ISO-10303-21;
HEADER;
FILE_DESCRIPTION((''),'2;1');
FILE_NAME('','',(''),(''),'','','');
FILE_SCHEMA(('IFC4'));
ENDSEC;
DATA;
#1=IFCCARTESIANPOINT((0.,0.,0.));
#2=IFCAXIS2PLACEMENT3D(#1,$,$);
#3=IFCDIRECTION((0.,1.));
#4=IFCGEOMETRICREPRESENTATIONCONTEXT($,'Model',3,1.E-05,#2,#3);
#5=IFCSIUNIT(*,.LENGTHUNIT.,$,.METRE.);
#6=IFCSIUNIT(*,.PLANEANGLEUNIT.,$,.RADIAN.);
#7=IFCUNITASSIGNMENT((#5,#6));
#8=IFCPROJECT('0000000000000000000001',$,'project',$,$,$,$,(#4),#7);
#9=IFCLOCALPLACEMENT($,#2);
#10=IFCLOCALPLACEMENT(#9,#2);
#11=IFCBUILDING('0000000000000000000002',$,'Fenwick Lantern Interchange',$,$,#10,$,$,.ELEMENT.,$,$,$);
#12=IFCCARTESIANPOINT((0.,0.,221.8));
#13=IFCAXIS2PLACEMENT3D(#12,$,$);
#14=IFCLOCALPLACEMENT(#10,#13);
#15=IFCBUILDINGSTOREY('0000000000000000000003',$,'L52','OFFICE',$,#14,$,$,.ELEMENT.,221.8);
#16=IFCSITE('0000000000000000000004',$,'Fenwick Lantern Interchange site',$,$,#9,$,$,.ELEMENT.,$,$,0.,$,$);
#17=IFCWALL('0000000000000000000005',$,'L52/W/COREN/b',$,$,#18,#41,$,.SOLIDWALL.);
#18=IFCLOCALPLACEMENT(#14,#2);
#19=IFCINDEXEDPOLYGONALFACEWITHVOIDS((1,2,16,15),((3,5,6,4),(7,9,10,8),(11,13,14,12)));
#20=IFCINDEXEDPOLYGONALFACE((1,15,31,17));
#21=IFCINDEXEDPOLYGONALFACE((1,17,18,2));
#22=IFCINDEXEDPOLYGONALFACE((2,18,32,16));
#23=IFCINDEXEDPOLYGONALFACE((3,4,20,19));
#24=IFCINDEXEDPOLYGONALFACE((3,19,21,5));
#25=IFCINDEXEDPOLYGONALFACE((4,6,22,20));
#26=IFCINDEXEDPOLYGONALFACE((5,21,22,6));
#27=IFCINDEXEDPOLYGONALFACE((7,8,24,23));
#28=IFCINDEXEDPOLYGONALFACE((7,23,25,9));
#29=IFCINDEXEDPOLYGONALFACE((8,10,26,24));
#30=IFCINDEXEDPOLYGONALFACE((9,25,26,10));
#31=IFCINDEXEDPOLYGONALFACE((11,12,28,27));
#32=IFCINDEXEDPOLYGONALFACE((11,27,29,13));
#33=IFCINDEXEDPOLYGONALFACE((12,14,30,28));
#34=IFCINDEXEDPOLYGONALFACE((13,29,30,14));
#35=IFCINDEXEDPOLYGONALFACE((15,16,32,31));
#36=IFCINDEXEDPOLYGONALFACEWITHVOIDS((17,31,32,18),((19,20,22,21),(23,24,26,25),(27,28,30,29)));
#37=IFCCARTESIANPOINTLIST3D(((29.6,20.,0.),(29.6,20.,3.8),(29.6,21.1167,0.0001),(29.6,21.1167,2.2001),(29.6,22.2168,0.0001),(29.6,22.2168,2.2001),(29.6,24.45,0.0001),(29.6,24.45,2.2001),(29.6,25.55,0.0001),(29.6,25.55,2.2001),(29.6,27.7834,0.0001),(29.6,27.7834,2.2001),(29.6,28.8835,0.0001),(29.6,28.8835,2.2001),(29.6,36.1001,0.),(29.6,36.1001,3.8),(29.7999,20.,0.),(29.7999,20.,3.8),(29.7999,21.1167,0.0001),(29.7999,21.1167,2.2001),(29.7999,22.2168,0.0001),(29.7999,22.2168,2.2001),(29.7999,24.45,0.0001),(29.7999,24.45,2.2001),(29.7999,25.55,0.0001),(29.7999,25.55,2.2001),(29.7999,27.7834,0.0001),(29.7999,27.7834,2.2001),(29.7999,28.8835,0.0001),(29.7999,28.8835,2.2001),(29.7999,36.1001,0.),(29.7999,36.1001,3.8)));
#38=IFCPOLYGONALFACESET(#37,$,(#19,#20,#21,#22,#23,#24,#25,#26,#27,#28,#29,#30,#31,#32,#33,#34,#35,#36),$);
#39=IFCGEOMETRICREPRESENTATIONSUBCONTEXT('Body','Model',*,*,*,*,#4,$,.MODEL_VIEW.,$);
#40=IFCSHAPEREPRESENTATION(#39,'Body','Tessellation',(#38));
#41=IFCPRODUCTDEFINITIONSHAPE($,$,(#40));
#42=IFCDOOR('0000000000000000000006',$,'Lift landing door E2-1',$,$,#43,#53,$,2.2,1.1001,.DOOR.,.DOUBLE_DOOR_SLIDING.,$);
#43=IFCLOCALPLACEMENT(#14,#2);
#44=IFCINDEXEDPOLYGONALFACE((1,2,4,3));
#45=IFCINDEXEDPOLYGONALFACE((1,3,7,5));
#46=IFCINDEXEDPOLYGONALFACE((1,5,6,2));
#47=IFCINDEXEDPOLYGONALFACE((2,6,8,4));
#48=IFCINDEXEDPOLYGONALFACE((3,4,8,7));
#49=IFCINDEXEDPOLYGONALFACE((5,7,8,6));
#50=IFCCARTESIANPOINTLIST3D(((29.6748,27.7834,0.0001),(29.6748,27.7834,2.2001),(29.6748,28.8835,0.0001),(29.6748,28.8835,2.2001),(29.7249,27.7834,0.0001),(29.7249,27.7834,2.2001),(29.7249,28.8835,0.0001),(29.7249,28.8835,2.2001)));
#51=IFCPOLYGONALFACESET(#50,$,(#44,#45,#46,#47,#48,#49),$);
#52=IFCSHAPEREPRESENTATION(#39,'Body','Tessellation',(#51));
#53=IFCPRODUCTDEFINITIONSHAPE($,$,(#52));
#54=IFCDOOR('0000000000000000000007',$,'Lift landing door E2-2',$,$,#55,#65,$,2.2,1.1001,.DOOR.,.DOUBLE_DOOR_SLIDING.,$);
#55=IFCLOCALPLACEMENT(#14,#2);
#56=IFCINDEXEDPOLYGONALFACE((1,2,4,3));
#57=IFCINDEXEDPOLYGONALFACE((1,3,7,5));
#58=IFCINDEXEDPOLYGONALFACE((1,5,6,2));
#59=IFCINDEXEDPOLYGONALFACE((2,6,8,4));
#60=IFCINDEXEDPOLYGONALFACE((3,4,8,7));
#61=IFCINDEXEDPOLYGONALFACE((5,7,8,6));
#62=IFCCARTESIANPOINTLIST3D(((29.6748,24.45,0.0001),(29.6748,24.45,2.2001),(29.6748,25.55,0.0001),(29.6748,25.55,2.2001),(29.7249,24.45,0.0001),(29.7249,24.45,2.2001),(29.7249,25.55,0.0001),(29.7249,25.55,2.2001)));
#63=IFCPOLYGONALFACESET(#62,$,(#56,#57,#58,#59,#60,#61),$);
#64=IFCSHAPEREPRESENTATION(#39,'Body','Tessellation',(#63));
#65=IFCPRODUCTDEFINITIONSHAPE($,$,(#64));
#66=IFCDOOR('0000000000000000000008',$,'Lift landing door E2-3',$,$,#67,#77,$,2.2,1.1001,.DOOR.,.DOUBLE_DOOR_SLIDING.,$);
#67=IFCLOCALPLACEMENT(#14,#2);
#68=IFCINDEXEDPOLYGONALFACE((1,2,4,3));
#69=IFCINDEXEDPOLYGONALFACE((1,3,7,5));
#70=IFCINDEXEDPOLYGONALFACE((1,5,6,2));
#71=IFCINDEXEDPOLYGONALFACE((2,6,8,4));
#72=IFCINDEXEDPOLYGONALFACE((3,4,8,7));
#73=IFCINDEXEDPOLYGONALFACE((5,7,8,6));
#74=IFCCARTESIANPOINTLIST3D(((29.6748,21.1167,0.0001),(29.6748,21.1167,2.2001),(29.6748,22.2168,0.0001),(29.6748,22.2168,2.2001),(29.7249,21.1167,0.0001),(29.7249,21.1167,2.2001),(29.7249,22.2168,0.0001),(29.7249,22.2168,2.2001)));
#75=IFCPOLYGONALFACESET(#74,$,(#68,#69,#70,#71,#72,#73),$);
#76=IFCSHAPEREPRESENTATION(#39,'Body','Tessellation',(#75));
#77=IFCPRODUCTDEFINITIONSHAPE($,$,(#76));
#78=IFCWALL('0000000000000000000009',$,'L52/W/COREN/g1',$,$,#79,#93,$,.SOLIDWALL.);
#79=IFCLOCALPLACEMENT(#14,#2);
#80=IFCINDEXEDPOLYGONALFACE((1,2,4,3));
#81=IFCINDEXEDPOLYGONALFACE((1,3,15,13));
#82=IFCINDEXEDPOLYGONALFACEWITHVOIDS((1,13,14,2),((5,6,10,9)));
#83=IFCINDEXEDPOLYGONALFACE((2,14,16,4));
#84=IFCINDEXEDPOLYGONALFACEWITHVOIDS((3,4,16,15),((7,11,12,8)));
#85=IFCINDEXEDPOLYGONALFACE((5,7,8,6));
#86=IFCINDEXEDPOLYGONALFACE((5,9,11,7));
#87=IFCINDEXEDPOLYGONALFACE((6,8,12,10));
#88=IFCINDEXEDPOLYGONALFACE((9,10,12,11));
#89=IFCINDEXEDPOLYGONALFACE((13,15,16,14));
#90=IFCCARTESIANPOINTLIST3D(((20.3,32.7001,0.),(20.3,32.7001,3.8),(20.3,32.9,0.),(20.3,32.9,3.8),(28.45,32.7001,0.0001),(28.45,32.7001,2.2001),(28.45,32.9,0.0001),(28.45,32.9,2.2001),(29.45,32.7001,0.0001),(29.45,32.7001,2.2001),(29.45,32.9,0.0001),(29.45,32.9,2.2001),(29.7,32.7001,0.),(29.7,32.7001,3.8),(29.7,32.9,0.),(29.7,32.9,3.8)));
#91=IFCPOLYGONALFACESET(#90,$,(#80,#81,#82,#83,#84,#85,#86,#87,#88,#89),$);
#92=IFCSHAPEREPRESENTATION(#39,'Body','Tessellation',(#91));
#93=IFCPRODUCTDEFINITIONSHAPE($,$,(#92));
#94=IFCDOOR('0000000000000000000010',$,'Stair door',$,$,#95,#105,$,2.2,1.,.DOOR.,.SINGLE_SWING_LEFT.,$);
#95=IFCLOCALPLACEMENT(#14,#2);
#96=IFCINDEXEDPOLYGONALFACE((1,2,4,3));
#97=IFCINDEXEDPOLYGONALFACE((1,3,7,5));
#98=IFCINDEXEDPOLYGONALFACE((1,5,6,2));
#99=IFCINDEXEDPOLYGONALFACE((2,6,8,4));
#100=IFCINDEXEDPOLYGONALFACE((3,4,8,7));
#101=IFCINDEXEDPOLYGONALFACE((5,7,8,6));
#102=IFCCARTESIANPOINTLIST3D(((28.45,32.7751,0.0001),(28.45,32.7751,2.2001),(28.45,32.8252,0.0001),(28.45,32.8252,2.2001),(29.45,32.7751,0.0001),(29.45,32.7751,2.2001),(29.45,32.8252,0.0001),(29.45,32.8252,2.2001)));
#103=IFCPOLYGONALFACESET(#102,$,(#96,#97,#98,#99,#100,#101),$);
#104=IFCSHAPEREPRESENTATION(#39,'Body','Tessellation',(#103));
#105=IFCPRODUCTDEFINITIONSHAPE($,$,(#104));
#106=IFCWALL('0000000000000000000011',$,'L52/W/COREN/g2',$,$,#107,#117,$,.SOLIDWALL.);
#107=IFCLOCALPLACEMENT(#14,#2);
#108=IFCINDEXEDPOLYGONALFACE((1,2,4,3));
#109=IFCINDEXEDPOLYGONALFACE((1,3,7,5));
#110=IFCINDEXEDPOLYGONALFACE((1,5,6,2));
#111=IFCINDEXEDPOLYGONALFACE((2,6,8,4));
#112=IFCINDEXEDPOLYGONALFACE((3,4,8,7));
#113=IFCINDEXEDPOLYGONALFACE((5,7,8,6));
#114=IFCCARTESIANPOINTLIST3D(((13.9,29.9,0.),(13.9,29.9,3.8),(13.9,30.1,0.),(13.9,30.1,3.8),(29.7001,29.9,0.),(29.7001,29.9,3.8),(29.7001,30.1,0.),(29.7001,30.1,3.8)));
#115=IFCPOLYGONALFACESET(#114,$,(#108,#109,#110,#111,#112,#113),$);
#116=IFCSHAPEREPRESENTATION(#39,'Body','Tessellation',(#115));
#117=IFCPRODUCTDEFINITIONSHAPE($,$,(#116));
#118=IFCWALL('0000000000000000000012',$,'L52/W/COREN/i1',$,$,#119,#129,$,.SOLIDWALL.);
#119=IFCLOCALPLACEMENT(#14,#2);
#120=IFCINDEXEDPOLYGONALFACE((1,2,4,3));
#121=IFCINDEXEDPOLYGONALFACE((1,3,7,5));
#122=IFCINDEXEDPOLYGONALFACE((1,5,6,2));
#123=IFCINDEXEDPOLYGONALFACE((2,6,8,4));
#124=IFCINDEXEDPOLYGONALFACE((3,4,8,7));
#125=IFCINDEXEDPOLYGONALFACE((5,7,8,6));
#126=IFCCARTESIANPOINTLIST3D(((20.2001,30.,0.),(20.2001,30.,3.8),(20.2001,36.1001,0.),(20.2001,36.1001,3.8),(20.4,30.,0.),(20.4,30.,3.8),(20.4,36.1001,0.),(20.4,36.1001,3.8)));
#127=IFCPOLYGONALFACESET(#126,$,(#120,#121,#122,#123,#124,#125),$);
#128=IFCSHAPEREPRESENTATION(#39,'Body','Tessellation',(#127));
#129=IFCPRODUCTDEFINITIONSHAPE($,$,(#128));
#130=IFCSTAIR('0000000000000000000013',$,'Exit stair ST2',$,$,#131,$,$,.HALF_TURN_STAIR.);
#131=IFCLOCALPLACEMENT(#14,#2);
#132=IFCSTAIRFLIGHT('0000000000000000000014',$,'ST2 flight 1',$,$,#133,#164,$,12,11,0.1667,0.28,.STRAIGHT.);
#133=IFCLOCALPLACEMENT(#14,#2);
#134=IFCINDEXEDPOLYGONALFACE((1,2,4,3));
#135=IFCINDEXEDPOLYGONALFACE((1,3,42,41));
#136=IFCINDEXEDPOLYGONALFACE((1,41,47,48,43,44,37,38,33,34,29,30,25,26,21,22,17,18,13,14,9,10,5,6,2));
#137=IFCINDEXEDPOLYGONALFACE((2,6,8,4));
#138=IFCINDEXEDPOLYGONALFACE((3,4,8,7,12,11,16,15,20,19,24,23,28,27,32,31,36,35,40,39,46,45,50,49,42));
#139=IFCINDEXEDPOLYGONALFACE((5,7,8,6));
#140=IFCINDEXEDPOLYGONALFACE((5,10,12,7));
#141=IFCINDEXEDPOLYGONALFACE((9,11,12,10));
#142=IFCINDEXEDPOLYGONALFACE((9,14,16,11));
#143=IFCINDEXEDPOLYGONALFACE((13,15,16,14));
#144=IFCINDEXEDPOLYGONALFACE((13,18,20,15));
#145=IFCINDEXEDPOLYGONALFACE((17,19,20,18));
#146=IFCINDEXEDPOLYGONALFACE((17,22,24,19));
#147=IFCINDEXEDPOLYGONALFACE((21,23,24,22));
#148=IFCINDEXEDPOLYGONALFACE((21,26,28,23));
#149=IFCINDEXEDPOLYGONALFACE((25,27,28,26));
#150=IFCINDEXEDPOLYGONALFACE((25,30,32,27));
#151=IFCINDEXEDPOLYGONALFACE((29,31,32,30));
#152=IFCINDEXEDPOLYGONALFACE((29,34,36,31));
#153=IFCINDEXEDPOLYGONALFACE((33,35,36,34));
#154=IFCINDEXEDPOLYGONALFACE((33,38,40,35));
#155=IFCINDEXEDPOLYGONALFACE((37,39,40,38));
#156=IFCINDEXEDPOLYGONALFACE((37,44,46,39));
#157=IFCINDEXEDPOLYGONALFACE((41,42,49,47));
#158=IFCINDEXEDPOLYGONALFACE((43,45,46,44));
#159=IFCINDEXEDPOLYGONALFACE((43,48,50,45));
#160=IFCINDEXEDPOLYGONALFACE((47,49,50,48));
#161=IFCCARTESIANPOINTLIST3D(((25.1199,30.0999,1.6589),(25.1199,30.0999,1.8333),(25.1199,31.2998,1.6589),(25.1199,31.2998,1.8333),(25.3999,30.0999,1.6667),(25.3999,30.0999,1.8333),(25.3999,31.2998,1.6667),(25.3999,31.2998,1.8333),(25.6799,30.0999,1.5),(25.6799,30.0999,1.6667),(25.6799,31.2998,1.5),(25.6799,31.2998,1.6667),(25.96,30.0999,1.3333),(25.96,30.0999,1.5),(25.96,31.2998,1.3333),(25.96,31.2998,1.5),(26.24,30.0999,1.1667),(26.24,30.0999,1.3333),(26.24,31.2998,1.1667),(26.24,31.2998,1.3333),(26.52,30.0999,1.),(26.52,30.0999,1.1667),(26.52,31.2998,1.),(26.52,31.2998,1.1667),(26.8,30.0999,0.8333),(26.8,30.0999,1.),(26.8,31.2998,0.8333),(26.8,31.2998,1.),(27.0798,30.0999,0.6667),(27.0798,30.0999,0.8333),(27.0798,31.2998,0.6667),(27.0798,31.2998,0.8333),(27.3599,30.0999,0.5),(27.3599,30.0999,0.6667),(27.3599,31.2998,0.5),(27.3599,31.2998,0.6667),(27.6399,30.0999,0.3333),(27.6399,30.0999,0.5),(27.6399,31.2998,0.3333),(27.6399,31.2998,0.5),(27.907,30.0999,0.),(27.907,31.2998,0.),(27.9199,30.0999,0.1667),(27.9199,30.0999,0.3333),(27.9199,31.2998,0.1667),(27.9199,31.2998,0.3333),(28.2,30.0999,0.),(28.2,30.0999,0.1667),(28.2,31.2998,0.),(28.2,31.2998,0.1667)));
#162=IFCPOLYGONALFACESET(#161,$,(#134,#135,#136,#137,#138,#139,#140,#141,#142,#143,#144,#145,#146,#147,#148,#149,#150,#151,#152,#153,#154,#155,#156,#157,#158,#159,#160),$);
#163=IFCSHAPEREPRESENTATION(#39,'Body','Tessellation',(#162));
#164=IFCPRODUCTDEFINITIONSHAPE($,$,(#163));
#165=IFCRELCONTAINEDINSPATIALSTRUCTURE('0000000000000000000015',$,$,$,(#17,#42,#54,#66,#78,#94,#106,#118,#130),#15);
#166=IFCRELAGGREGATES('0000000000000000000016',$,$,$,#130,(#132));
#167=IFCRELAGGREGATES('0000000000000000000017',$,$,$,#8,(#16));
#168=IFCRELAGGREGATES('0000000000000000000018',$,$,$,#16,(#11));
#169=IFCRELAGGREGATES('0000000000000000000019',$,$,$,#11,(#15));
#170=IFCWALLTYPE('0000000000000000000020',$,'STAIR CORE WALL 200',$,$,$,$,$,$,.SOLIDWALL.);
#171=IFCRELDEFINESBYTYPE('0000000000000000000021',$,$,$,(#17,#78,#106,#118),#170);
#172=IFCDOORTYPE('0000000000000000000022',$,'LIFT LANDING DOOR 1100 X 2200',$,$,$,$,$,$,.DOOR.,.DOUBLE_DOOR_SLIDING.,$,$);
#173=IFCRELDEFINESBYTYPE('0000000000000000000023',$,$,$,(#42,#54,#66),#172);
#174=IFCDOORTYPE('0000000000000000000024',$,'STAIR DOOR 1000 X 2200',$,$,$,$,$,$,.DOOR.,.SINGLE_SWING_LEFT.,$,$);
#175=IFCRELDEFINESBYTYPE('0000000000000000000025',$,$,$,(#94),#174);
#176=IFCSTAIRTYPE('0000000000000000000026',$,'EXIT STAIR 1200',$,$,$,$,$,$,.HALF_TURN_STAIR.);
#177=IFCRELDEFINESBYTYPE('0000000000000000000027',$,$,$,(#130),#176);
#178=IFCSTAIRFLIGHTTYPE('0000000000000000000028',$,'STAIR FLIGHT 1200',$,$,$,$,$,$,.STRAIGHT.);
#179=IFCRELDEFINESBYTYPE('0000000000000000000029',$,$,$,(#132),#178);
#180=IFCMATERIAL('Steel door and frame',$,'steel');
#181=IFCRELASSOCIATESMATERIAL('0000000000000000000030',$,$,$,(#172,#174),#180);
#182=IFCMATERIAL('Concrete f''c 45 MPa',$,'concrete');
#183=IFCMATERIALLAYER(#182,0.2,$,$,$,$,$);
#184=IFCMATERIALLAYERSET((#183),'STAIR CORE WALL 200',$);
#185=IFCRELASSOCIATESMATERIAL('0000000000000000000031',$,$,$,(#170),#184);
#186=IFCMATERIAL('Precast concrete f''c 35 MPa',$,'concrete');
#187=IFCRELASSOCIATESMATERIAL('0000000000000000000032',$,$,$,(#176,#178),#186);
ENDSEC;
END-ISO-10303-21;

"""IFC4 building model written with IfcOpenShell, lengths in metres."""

from ifc_helpers import new_model, si_unit, direction, frame, frame_2d, origin, place, context, subcontext, project, spatial, polyline, rectangle, outline, extrude, material, layer, layer_set, type_object, element, fill, aggregate, save


model = new_model("IFC4")

# Units and contexts
model_context = context("Model", 3, precision=1e-05, world=origin(), true_north=direction((0.0, 1.0)))
body_context = subcontext(model_context, "Body", "Model", "MODEL_VIEW")
ifc_project = project(units=[si_unit("LENGTHUNIT", "METRE"), si_unit("PLANEANGLEUNIT", "RADIAN")], contexts=[model_context])

# Site, building, storey
site_placement = place(None, origin())
site = spatial("IfcSite", under=ifc_project, at=site_placement, Name="Fenwick Lantern Interchange site", CompositionType="ELEMENT", RefElevation=0.0)
building_placement = place(site_placement, origin())
building = spatial("IfcBuilding", under=site, at=building_placement, Name="Fenwick Lantern Interchange", CompositionType="ELEMENT")
storey_placement = place(building_placement, frame((0.0, 0.0, 221.8)))
storey = spatial("IfcBuildingStorey", under=building, at=storey_placement, Name="L52", Description="OFFICE", CompositionType="ELEMENT", Elevation=221.8)

# Shared definitions
ifc_material_1 = material(Name="Steel door and frame", Category="steel")
door_type_1 = type_object("IfcDoorType", Name="LIFT LANDING DOOR 1100 X 2200", OperationType="DOUBLE_DOOR_SLIDING", PredefinedType="DOOR", material=ifc_material_1)

# Wall, openings, doors
ifc_material_2 = material(Name="Concrete f'c 45 MPa", Category="concrete")
ifc_layer_1 = layer(ifc_material_2, 0.2)
ifc_layer_set_1 = layer_set([ifc_layer_1], Name="STAIR CORE WALL 200")
wall_type_1 = type_object("IfcWallType", Name="STAIR CORE WALL 200", PredefinedType="SOLIDWALL", material=ifc_layer_set_1)
wall_1_placement = place(storey_placement, frame((29.7, 36.1001, 0.0), z_axis=(0.0, 0.0, 1.0), x_axis=(0.0, -1.0, 0.0)))
wall_1 = element("IfcWall", 1, at=wall_1_placement, inside=storey, type_object=wall_type_1, Name="L52/W/COREN/b", PredefinedType="SOLIDWALL", context=body_context, shape_type="SweptSolid", body=[
    extrude(rectangle(XDim=16.1001, YDim=0.2, at=frame_2d((8.05, 0.0))), origin(), (0.0, 0.0, 1.0), 3.8),
])
opening_1_placement = place(wall_1_placement, frame((7.2166, 0.0, 0.0)))
opening_1 = element("IfcOpeningElement", 2, at=opening_1_placement, cuts=wall_1, PredefinedType="OPENING", context=body_context, shape_type="SweptSolid", body=[
    extrude(rectangle(XDim=1.1001, YDim=2.2, at=frame_2d((0.55, 1.1001))), frame((0.0, 0.1099, 0.0), z_axis=(0.0, -1.0, 0.0), x_axis=(1.0, 0.0, 0.0)), (0.0, 0.0, 1.0), 0.22),
])
opening_2_placement = place(wall_1_placement, frame((10.55, 0.0, 0.0)))
opening_2 = element("IfcOpeningElement", 3, at=opening_2_placement, cuts=wall_1, PredefinedType="OPENING", context=body_context, shape_type="SweptSolid", body=[
    extrude(rectangle(XDim=1.1001, YDim=2.2, at=frame_2d((0.55, 1.1001))), frame((0.0, 0.1099, 0.0), z_axis=(0.0, -1.0, 0.0), x_axis=(1.0, 0.0, 0.0)), (0.0, 0.0, 1.0), 0.22),
])
opening_3_placement = place(wall_1_placement, frame((13.8833, 0.0, 0.0)))
opening_3 = element("IfcOpeningElement", 4, at=opening_3_placement, cuts=wall_1, PredefinedType="OPENING", context=body_context, shape_type="SweptSolid", body=[
    extrude(rectangle(XDim=1.1001, YDim=2.2, at=frame_2d((0.55, 1.1001))), frame((0.0, 0.1099, 0.0), z_axis=(0.0, -1.0, 0.0), x_axis=(1.0, 0.0, 0.0)), (0.0, 0.0, 1.0), 0.22),
])
door_1_placement = place(opening_1_placement, origin())
door_1 = element("IfcDoor", 5, at=door_1_placement, inside=storey, type_object=door_type_1, Name="Lift landing door E2-1", OperationType="DOUBLE_DOOR_SLIDING", OverallHeight=2.2, OverallWidth=1.1001, PredefinedType="DOOR", context=body_context, shape_type="SweptSolid", body=[
    extrude(rectangle(XDim=1.1001, YDim=2.2, at=frame_2d((0.55, 1.1001))), frame((0.0, 0.0249, 0.0), z_axis=(0.0, -1.0, 0.0), x_axis=(1.0, 0.0, 0.0)), (0.0, 0.0, 1.0), 0.05),
])
fill(opening_1, door_1)
door_2_placement = place(opening_2_placement, origin())
door_2 = element("IfcDoor", 6, at=door_2_placement, inside=storey, type_object=door_type_1, Name="Lift landing door E2-2", OperationType="DOUBLE_DOOR_SLIDING", OverallHeight=2.2, OverallWidth=1.1001, PredefinedType="DOOR", context=body_context, shape_type="SweptSolid", body=[
    extrude(rectangle(XDim=1.1001, YDim=2.2, at=frame_2d((0.55, 1.1001))), frame((0.0, 0.0249, 0.0), z_axis=(0.0, -1.0, 0.0), x_axis=(1.0, 0.0, 0.0)), (0.0, 0.0, 1.0), 0.05),
])
fill(opening_2, door_2)
door_3_placement = place(opening_3_placement, origin())
door_3 = element("IfcDoor", 7, at=door_3_placement, inside=storey, type_object=door_type_1, Name="Lift landing door E2-3", OperationType="DOUBLE_DOOR_SLIDING", OverallHeight=2.2, OverallWidth=1.1001, PredefinedType="DOOR", context=body_context, shape_type="SweptSolid", body=[
    extrude(rectangle(XDim=1.1001, YDim=2.2, at=frame_2d((0.55, 1.1001))), frame((0.0, 0.0249, 0.0), z_axis=(0.0, -1.0, 0.0), x_axis=(1.0, 0.0, 0.0)), (0.0, 0.0, 1.0), 0.05),
])
fill(opening_3, door_3)

# Wall, opening, door
wall_2_placement = place(storey_placement, frame((29.7, 32.8, 0.0), z_axis=(0.0, 0.0, 1.0), x_axis=(-1.0, 0.0, 0.0)))
wall_2 = element("IfcWall", 8, at=wall_2_placement, inside=storey, type_object=wall_type_1, Name="L52/W/COREN/g1", PredefinedType="SOLIDWALL", context=body_context, shape_type="SweptSolid", body=[
    extrude(rectangle(XDim=9.3999, YDim=0.2, at=frame_2d((4.7, 0.0))), origin(), (0.0, 0.0, 1.0), 3.8),
])
opening_4_placement = place(wall_2_placement, frame((0.25, 0.0, 0.0)))
opening_4 = element("IfcOpeningElement", 9, at=opening_4_placement, cuts=wall_2, PredefinedType="OPENING", context=body_context, shape_type="SweptSolid", body=[
    extrude(rectangle(XDim=1.0, YDim=2.2, at=frame_2d((0.5, 1.1001))), frame((0.0, 0.1099, 0.0), z_axis=(0.0, -1.0, 0.0), x_axis=(1.0, 0.0, 0.0)), (0.0, 0.0, 1.0), 0.22),
])
door_type_2 = type_object("IfcDoorType", Name="STAIR DOOR 1000 X 2200", OperationType="SINGLE_SWING_LEFT", PredefinedType="DOOR", material=ifc_material_1)
door_4_placement = place(opening_4_placement, origin())
door_4 = element("IfcDoor", 10, at=door_4_placement, inside=storey, type_object=door_type_2, Name="Stair door", OperationType="SINGLE_SWING_LEFT", OverallHeight=2.2, OverallWidth=1.0, PredefinedType="DOOR", context=body_context, shape_type="SweptSolid", body=[
    extrude(rectangle(XDim=1.0, YDim=2.2, at=frame_2d((0.5, 1.1001))), frame((0.0, 0.0249, 0.0), z_axis=(0.0, -1.0, 0.0), x_axis=(1.0, 0.0, 0.0)), (0.0, 0.0, 1.0), 0.05),
])
fill(opening_4, door_4)

# Walls
wall_3_placement = place(storey_placement, frame((29.7, 30.0, 0.0), z_axis=(0.0, 0.0, 1.0), x_axis=(-1.0, 0.0, 0.0)))
element("IfcWall", 11, at=wall_3_placement, inside=storey, type_object=wall_type_1, Name="L52/W/COREN/g2", PredefinedType="SOLIDWALL", context=body_context, shape_type="SweptSolid", body=[
    extrude(rectangle(XDim=15.8, YDim=0.2, at=frame_2d((7.8999, 0.0))), origin(), (0.0, 0.0, 1.0), 3.8),
])
wall_4_placement = place(storey_placement, frame((20.3, 36.1001, 0.0), z_axis=(0.0, 0.0, 1.0), x_axis=(0.0, -1.0, 0.0)))
element("IfcWall", 12, at=wall_4_placement, inside=storey, type_object=wall_type_1, Name="L52/W/COREN/i1", PredefinedType="SOLIDWALL", context=body_context, shape_type="SweptSolid", body=[
    extrude(rectangle(XDim=6.1001, YDim=0.2, at=frame_2d((3.05, 0.0))), origin(), (0.0, 0.0, 1.0), 3.8),
])

# Stair, stair flight
ifc_material_3 = material(Name="Precast concrete f'c 35 MPa", Category="concrete")
stair_type = type_object("IfcStairType", Name="EXIT STAIR 1200", PredefinedType="HALF_TURN_STAIR", material=ifc_material_3)
stair_placement = place(storey_placement, origin())
stair = element("IfcStair", 13, at=stair_placement, inside=storey, type_object=stair_type, Name="Exit stair ST2", PredefinedType="HALF_TURN_STAIR")
stair_flight_type = type_object("IfcStairFlightType", Name="STAIR FLIGHT 1200", PredefinedType="STRAIGHT", material=ifc_material_3)
stair_flight_1_placement = place(storey_placement, frame((28.2, 30.7, 0.0), z_axis=(0.0, 0.0, 1.0), x_axis=(-1.0, 0.0, 0.0)))
stair_flight_1 = element("IfcStairFlight", 14, at=stair_flight_1_placement, type_object=stair_flight_type, Name="ST2 flight 1", NumberOfRisers=12, NumberOfTreads=11, PredefinedType="STRAIGHT", RiserHeight=0.1667, TreadLength=0.28, context=body_context, shape_type="SweptSolid", body=[
    extrude(outline(polyline([(0.0, 0.0), (0.0, 0.1667), (0.28, 0.1667), (0.28, 0.3333), (0.5601, 0.3333), (0.5601, 0.5), (0.8401, 0.5), (0.8401, 0.6667), (1.1201, 0.6667), (1.1201, 0.8333), (1.3999, 0.8333), (1.3999, 1.0), (1.6799, 1.0), (1.6799, 1.1667), (1.96, 1.1667), (1.96, 1.3333), (2.24, 1.3333), (2.24, 1.5), (2.52, 1.5), (2.52, 1.6667), (2.8, 1.6667), (2.8, 1.8333), (3.0801, 1.8333), (3.0801, 2.0), (3.0801, 1.6589), (0.293, 0.0), (0.0, 0.0)])), frame((0.0, 0.6001, 0.0), z_axis=(0.0, -1.0, 0.0), x_axis=(1.0, 0.0, 0.0)), (0.0, 0.0, 1.0), 1.2),
])
aggregate(stair, [stair_flight_1])

save(model, "model.ifc")
